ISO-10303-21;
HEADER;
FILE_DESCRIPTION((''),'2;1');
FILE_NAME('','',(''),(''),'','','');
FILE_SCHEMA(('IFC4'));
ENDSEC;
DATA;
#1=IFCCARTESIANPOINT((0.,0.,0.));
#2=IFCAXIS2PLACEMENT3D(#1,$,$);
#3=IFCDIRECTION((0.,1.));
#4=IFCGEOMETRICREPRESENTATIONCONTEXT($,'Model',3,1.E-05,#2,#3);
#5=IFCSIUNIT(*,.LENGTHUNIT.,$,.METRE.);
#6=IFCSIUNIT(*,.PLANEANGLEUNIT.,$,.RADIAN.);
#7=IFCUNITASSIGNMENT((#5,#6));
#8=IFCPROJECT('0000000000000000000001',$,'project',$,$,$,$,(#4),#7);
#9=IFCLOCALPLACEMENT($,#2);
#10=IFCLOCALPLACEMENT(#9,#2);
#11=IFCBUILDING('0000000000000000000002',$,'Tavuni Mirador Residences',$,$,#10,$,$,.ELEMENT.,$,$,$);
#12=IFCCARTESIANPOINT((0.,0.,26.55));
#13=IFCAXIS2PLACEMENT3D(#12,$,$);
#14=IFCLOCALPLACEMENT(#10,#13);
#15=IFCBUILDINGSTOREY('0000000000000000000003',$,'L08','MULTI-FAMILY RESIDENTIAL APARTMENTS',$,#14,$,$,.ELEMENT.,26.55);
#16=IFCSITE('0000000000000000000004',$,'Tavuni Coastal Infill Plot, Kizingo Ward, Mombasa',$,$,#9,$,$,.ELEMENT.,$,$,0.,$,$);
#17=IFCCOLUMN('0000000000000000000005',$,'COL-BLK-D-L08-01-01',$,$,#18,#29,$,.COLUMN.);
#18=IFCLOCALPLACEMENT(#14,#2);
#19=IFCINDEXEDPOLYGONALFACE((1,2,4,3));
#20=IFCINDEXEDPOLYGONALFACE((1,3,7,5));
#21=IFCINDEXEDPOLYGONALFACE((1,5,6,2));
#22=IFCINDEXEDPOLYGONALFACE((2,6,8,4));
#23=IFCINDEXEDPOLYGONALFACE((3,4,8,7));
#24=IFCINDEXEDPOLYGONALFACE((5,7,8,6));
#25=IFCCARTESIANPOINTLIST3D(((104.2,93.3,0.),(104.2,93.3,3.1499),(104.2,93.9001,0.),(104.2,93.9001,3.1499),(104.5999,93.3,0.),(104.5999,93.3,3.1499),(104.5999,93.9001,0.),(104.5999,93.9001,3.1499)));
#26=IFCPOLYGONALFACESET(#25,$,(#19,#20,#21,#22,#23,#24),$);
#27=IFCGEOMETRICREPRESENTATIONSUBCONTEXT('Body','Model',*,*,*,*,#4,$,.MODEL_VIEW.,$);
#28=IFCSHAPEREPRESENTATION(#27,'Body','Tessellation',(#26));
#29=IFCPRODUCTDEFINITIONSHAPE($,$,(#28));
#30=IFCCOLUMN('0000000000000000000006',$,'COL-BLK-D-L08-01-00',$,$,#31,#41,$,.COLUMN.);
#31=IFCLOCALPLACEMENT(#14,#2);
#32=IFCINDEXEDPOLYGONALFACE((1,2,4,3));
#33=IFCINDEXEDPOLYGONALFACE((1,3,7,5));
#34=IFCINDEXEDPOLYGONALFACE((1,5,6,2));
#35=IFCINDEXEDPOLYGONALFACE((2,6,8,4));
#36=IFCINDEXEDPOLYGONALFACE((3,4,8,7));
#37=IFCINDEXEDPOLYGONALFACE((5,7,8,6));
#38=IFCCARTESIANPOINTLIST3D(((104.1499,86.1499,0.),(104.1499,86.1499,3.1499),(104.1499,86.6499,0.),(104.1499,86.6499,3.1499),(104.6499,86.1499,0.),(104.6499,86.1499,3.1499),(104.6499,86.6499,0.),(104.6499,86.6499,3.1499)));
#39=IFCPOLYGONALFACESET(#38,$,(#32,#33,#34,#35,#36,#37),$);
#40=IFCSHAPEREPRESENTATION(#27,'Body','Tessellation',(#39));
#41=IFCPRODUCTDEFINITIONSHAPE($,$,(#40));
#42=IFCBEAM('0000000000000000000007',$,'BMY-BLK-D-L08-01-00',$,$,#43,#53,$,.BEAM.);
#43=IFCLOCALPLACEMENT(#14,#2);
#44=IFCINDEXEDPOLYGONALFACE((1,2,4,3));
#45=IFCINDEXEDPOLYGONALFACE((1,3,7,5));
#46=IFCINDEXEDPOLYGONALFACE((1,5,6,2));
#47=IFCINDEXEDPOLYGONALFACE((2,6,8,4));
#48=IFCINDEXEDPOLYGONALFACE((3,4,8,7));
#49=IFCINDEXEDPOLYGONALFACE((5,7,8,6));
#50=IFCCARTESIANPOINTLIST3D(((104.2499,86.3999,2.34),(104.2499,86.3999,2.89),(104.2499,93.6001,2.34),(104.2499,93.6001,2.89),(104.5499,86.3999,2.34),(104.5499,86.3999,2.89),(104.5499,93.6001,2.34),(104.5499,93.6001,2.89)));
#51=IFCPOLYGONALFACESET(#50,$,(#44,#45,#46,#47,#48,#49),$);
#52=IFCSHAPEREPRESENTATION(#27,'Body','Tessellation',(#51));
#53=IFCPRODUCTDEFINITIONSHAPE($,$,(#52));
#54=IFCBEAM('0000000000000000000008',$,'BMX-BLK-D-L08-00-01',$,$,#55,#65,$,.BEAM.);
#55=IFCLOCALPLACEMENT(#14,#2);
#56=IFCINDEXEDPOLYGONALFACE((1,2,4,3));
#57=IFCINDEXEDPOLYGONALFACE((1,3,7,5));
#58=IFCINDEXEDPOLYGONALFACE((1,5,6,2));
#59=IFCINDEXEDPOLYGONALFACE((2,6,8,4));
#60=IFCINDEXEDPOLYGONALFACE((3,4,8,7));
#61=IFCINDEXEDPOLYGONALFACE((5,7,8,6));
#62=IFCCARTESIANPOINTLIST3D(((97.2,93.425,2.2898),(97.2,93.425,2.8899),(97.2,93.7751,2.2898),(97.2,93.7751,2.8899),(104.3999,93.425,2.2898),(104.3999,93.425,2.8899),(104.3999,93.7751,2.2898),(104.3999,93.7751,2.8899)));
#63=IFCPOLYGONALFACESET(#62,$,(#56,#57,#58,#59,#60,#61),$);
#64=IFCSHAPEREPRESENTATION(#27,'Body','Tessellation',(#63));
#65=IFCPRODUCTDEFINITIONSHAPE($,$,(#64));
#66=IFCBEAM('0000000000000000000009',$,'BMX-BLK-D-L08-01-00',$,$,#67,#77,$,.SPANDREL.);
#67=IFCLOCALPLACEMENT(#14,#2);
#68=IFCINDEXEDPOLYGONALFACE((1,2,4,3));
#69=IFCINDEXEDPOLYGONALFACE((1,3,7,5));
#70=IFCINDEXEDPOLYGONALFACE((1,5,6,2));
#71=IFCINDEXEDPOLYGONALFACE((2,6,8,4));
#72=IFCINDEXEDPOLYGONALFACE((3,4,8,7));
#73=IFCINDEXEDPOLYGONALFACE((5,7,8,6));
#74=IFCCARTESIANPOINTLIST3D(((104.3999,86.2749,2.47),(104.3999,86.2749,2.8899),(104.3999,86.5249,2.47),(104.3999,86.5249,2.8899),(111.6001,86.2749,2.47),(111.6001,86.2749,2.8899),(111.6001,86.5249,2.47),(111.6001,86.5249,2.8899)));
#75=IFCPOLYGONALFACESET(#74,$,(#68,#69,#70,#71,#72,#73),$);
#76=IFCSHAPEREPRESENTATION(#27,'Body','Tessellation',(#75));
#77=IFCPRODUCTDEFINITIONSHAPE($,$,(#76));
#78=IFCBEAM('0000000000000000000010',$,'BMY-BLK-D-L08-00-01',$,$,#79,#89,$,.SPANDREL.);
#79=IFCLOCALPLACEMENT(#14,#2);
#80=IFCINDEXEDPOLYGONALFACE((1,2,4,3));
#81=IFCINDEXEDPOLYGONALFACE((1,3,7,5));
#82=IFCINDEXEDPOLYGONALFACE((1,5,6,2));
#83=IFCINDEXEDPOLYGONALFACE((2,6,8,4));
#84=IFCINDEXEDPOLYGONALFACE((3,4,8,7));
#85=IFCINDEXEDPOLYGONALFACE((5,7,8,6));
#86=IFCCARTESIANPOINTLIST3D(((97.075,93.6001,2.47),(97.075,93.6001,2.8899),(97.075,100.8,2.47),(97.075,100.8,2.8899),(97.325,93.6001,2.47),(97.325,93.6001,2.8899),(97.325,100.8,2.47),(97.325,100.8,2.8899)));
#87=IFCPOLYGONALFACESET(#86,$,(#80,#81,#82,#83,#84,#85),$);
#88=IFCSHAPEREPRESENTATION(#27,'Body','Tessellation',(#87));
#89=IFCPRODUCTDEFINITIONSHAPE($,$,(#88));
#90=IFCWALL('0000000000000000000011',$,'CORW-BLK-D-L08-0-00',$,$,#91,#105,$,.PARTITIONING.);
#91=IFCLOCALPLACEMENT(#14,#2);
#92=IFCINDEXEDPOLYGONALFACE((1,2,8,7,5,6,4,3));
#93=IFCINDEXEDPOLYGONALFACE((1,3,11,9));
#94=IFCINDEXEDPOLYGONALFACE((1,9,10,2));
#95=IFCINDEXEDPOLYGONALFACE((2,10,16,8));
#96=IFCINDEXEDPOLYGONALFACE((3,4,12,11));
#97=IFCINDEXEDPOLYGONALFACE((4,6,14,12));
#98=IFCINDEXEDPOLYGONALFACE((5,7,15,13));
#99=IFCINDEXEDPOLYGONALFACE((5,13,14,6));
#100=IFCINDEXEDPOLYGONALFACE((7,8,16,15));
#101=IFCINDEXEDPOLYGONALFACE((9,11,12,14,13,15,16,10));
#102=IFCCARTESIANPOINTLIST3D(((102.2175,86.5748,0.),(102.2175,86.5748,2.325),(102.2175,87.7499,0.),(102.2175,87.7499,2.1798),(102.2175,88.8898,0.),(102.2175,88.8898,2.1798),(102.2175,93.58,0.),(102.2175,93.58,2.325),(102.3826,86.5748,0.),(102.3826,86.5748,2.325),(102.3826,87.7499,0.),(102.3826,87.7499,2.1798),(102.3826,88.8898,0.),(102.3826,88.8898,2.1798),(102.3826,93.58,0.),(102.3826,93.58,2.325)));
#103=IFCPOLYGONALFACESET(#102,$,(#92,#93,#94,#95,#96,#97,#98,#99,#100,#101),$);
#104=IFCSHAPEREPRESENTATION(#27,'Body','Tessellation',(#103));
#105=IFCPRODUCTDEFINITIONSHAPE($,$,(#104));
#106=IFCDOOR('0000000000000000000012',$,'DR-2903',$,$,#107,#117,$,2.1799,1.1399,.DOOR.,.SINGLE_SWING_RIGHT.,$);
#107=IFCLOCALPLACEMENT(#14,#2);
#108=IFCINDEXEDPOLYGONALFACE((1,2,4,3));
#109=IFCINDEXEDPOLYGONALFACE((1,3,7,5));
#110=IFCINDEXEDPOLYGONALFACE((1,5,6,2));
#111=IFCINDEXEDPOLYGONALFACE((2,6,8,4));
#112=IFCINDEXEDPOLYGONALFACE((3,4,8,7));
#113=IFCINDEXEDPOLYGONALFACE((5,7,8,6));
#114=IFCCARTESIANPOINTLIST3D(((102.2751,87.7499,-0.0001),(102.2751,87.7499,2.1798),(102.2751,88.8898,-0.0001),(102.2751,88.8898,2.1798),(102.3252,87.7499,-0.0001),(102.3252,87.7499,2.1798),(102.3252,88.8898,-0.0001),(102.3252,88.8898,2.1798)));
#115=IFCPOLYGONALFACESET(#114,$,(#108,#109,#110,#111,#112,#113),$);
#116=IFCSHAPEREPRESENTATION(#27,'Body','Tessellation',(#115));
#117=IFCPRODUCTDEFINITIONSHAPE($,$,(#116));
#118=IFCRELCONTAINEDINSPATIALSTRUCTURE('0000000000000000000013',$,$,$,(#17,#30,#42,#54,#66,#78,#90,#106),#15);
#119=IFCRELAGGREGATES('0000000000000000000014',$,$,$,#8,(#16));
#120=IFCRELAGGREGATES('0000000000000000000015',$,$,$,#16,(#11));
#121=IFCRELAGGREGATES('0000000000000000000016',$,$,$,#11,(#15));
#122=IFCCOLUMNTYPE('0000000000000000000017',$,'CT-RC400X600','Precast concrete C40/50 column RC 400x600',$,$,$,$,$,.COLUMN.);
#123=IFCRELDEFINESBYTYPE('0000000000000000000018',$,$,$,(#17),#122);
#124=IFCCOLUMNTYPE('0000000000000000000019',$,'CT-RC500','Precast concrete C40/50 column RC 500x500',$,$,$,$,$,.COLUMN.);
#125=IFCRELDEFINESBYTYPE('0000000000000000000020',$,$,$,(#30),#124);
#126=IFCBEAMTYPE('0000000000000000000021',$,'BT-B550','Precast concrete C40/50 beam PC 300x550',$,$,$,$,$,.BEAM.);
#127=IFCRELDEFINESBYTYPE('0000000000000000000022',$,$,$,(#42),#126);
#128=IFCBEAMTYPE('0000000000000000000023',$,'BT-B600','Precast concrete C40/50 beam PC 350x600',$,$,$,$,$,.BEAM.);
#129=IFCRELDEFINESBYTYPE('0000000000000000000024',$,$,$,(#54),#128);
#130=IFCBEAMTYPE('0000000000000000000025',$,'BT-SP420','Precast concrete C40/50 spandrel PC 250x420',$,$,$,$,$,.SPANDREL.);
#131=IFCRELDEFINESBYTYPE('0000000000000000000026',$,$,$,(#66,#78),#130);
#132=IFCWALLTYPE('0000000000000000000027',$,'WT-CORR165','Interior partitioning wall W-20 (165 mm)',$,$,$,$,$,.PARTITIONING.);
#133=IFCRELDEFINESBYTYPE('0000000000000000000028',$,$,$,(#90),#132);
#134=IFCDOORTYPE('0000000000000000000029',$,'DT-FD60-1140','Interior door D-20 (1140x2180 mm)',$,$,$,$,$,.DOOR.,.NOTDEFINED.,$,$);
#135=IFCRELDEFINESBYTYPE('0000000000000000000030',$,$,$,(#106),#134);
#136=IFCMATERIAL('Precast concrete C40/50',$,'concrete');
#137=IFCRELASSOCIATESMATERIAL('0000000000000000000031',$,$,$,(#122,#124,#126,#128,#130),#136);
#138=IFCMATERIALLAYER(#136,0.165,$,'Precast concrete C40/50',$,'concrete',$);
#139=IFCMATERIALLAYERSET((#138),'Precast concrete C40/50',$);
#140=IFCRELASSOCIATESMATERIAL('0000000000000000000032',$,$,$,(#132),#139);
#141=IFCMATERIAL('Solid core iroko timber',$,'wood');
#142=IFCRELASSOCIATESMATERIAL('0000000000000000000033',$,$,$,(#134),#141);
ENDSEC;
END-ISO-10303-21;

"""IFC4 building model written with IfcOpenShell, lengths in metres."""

from ifc_helpers import new_model, si_unit, direction, frame, frame_2d, origin, origin_2d, place, context, subcontext, project, spatial, rectangle, extrude, material, layer, layer_set, material_profile, profile_set, type_object, element, fill, save


model = new_model("IFC4")

# Units and contexts
model_context = context("Model", 3, precision=1e-05, world=origin(), true_north=direction((0.0, 1.0)))
body_context = subcontext(model_context, "Body", "Model", "MODEL_VIEW")
ifc_project = project(units=[si_unit("LENGTHUNIT", "METRE"), si_unit("PLANEANGLEUNIT", "RADIAN")], contexts=[model_context])

# Site, building, storey
site_placement = place(None, origin())
site = spatial("IfcSite", under=ifc_project, at=site_placement, Name="Tavuni Coastal Infill Plot, Kizingo Ward, Mombasa", CompositionType="ELEMENT", RefElevation=0.0)
building_placement = place(site_placement, origin())
building = spatial("IfcBuilding", under=site, at=building_placement, Name="Tavuni Mirador Residences", CompositionType="ELEMENT")
storey_placement = place(building_placement, frame((0.0, 0.0, 26.55)))
storey = spatial("IfcBuildingStorey", under=building, at=storey_placement, Name="L08", Description="MULTI-FAMILY RESIDENTIAL APARTMENTS", CompositionType="ELEMENT", Elevation=26.55)

# Columns
ifc_material_1 = material(Name="Precast concrete C40/50", Category="concrete")
ifc_material_profile_1 = material_profile(ifc_material_1, rectangle(XDim=0.3999, YDim=0.6001, at=origin_2d()), Name="RC 400x600", Category="concrete")
ifc_profile_set_1 = profile_set([ifc_material_profile_1], Name="Precast concrete C40/50")
column_type_1 = type_object("IfcColumnType", Name="CT-RC400X600", Description="Precast concrete C40/50 column RC 400x600", PredefinedType="COLUMN", material=ifc_profile_set_1)
column_1_placement = place(storey_placement, frame((104.3999, 93.6001, 0.0), z_axis=(0.0, 0.0, 1.0), x_axis=(1.0, 0.0, 0.0)))
element("IfcColumn", 1, at=column_1_placement, inside=storey, type_object=column_type_1, Name="COL-BLK-D-L08-01-01", PredefinedType="COLUMN", context=body_context, shape_type="SweptSolid", body=[
    extrude(rectangle(XDim=0.3999, YDim=0.6001, at=origin_2d()), origin(), (0.0, 0.0, 1.0), 3.1499),
])
ifc_material_profile_2 = material_profile(ifc_material_1, rectangle(XDim=0.5, YDim=0.5, at=origin_2d()), Name="RC 500x500", Category="concrete")
ifc_profile_set_2 = profile_set([ifc_material_profile_2], Name="Precast concrete C40/50")
column_type_2 = type_object("IfcColumnType", Name="CT-RC500", Description="Precast concrete C40/50 column RC 500x500", PredefinedType="COLUMN", material=ifc_profile_set_2)
column_2_placement = place(storey_placement, frame((104.3999, 86.3999, 0.0), z_axis=(0.0, 0.0, 1.0), x_axis=(1.0, 0.0, 0.0)))
element("IfcColumn", 2, at=column_2_placement, inside=storey, type_object=column_type_2, Name="COL-BLK-D-L08-01-00", PredefinedType="COLUMN", context=body_context, shape_type="SweptSolid", body=[
    extrude(rectangle(XDim=0.5, YDim=0.5, at=origin_2d()), origin(), (0.0, 0.0, 1.0), 3.1499),
])

# Beams
ifc_material_profile_3 = material_profile(ifc_material_1, rectangle(XDim=0.3, YDim=0.55, at=origin_2d()), Name="PC 300x550", Category="concrete")
ifc_profile_set_3 = profile_set([ifc_material_profile_3], Name="Precast concrete C40/50")
beam_type_1 = type_object("IfcBeamType", Name="BT-B550", Description="Precast concrete C40/50 beam PC 300x550", PredefinedType="BEAM", material=ifc_profile_set_3)
beam_1_placement = place(storey_placement, frame((104.3999, 86.3999, 2.615), z_axis=(0.0, 1.0, 0.0), x_axis=(-1.0, 0.0, 0.0)))
element("IfcBeam", 3, at=beam_1_placement, inside=storey, type_object=beam_type_1, Name="BMY-BLK-D-L08-01-00", PredefinedType="BEAM", context=body_context, shape_type="SweptSolid", body=[
    extrude(rectangle(XDim=0.3, YDim=0.55, at=origin_2d()), origin(), (0.0, 0.0, 1.0), 7.2002),
])
ifc_material_profile_4 = material_profile(ifc_material_1, rectangle(XDim=0.3501, YDim=0.6001, at=origin_2d()), Name="PC 350x600", Category="concrete")
ifc_profile_set_4 = profile_set([ifc_material_profile_4], Name="Precast concrete C40/50")
beam_type_2 = type_object("IfcBeamType", Name="BT-B600", Description="Precast concrete C40/50 beam PC 350x600", PredefinedType="BEAM", material=ifc_profile_set_4)
beam_2_placement = place(storey_placement, frame((97.2, 93.6001, 2.5898), z_axis=(1.0, 0.0, 0.0), x_axis=(0.0, 1.0, 0.0)))
element("IfcBeam", 4, at=beam_2_placement, inside=storey, type_object=beam_type_2, Name="BMX-BLK-D-L08-00-01", PredefinedType="BEAM", context=body_context, shape_type="SweptSolid", body=[
    extrude(rectangle(XDim=0.3501, YDim=0.6001, at=origin_2d()), origin(), (0.0, 0.0, 1.0), 7.2),
])
ifc_material_profile_5 = material_profile(ifc_material_1, rectangle(XDim=0.25, YDim=0.4199, at=origin_2d()), Name="PC 250x420", Category="concrete")
ifc_profile_set_5 = profile_set([ifc_material_profile_5], Name="Precast concrete C40/50")
beam_type_3 = type_object("IfcBeamType", Name="BT-SP420", Description="Precast concrete C40/50 spandrel PC 250x420", PredefinedType="SPANDREL", material=ifc_profile_set_5)
beam_3_placement = place(storey_placement, frame((104.3999, 86.3999, 2.6799), z_axis=(1.0, 0.0, 0.0), x_axis=(0.0, 1.0, 0.0)))
element("IfcBeam", 5, at=beam_3_placement, inside=storey, type_object=beam_type_3, Name="BMX-BLK-D-L08-01-00", PredefinedType="SPANDREL", context=body_context, shape_type="SweptSolid", body=[
    extrude(rectangle(XDim=0.25, YDim=0.4199, at=origin_2d()), origin(), (0.0, 0.0, 1.0), 7.2002),
])
beam_4_placement = place(storey_placement, frame((97.2, 93.6001, 2.6799), z_axis=(0.0, 1.0, 0.0), x_axis=(-1.0, 0.0, 0.0)))
element("IfcBeam", 6, at=beam_4_placement, inside=storey, type_object=beam_type_3, Name="BMY-BLK-D-L08-00-01", PredefinedType="SPANDREL", context=body_context, shape_type="SweptSolid", body=[
    extrude(rectangle(XDim=0.25, YDim=0.4199, at=origin_2d()), origin(), (0.0, 0.0, 1.0), 7.2),
])

# Wall, opening, door
ifc_layer_1 = layer(ifc_material_1, 0.165, Name="Precast concrete C40/50", Category="concrete")
ifc_layer_set_1 = layer_set([ifc_layer_1], Name="Precast concrete C40/50")
wall_type_1 = type_object("IfcWallType", Name="WT-CORR165", Description="Interior partitioning wall W-20 (165 mm)", PredefinedType="PARTITIONING", material=ifc_layer_set_1)
wall_1_placement = place(storey_placement, frame((102.3, 86.575, 0.0), z_axis=(0.0, 0.0, 1.0), x_axis=(0.0, 1.0, 0.0)))
wall_1 = element("IfcWall", 7, at=wall_1_placement, inside=storey, type_object=wall_type_1, Name="CORW-BLK-D-L08-0-00", PredefinedType="PARTITIONING", context=body_context, shape_type="SweptSolid", body=[
    extrude(rectangle(XDim=7.0051, YDim=0.165, at=frame_2d((3.5024, 0.0))), origin(), (0.0, 0.0, 1.0), 2.325),
])
opening_1_placement = place(wall_1_placement, frame((1.175, 0.0, 0.0)))
opening_1 = element("IfcOpeningElement", 8, at=opening_1_placement, cuts=wall_1, PredefinedType="OPENING", context=body_context, shape_type="SweptSolid", body=[
    extrude(rectangle(XDim=1.1399, YDim=2.1799, at=frame_2d((0.5698, 1.0898))), frame((0.0, 0.0925, 0.0), z_axis=(0.0, -1.0, 0.0), x_axis=(1.0, 0.0, 0.0)), (0.0, 0.0, 1.0), 0.1851),
])
ifc_material_2 = material(Name="Solid core iroko timber", Category="wood")
door_type_1 = type_object("IfcDoorType", Name="DT-FD60-1140", Description="Interior door D-20 (1140x2180 mm)", OperationType="NOTDEFINED", PredefinedType="DOOR", material=ifc_material_2)
door_1_placement = place(opening_1_placement, origin())
door_1 = element("IfcDoor", 9, at=door_1_placement, inside=storey, type_object=door_type_1, Name="DR-2903", OperationType="SINGLE_SWING_RIGHT", OverallHeight=2.1799, OverallWidth=1.1399, PredefinedType="DOOR", context=body_context, shape_type="SweptSolid", body=[
    extrude(rectangle(XDim=1.1399, YDim=2.1799, at=frame_2d((0.5698, 1.0898))), frame((0.0, 0.0249, 0.0), z_axis=(0.0, -1.0, 0.0), x_axis=(1.0, 0.0, 0.0)), (0.0, 0.0, 1.0), 0.05),
])
fill(opening_1, door_1)

save(model, "model.ifc")
